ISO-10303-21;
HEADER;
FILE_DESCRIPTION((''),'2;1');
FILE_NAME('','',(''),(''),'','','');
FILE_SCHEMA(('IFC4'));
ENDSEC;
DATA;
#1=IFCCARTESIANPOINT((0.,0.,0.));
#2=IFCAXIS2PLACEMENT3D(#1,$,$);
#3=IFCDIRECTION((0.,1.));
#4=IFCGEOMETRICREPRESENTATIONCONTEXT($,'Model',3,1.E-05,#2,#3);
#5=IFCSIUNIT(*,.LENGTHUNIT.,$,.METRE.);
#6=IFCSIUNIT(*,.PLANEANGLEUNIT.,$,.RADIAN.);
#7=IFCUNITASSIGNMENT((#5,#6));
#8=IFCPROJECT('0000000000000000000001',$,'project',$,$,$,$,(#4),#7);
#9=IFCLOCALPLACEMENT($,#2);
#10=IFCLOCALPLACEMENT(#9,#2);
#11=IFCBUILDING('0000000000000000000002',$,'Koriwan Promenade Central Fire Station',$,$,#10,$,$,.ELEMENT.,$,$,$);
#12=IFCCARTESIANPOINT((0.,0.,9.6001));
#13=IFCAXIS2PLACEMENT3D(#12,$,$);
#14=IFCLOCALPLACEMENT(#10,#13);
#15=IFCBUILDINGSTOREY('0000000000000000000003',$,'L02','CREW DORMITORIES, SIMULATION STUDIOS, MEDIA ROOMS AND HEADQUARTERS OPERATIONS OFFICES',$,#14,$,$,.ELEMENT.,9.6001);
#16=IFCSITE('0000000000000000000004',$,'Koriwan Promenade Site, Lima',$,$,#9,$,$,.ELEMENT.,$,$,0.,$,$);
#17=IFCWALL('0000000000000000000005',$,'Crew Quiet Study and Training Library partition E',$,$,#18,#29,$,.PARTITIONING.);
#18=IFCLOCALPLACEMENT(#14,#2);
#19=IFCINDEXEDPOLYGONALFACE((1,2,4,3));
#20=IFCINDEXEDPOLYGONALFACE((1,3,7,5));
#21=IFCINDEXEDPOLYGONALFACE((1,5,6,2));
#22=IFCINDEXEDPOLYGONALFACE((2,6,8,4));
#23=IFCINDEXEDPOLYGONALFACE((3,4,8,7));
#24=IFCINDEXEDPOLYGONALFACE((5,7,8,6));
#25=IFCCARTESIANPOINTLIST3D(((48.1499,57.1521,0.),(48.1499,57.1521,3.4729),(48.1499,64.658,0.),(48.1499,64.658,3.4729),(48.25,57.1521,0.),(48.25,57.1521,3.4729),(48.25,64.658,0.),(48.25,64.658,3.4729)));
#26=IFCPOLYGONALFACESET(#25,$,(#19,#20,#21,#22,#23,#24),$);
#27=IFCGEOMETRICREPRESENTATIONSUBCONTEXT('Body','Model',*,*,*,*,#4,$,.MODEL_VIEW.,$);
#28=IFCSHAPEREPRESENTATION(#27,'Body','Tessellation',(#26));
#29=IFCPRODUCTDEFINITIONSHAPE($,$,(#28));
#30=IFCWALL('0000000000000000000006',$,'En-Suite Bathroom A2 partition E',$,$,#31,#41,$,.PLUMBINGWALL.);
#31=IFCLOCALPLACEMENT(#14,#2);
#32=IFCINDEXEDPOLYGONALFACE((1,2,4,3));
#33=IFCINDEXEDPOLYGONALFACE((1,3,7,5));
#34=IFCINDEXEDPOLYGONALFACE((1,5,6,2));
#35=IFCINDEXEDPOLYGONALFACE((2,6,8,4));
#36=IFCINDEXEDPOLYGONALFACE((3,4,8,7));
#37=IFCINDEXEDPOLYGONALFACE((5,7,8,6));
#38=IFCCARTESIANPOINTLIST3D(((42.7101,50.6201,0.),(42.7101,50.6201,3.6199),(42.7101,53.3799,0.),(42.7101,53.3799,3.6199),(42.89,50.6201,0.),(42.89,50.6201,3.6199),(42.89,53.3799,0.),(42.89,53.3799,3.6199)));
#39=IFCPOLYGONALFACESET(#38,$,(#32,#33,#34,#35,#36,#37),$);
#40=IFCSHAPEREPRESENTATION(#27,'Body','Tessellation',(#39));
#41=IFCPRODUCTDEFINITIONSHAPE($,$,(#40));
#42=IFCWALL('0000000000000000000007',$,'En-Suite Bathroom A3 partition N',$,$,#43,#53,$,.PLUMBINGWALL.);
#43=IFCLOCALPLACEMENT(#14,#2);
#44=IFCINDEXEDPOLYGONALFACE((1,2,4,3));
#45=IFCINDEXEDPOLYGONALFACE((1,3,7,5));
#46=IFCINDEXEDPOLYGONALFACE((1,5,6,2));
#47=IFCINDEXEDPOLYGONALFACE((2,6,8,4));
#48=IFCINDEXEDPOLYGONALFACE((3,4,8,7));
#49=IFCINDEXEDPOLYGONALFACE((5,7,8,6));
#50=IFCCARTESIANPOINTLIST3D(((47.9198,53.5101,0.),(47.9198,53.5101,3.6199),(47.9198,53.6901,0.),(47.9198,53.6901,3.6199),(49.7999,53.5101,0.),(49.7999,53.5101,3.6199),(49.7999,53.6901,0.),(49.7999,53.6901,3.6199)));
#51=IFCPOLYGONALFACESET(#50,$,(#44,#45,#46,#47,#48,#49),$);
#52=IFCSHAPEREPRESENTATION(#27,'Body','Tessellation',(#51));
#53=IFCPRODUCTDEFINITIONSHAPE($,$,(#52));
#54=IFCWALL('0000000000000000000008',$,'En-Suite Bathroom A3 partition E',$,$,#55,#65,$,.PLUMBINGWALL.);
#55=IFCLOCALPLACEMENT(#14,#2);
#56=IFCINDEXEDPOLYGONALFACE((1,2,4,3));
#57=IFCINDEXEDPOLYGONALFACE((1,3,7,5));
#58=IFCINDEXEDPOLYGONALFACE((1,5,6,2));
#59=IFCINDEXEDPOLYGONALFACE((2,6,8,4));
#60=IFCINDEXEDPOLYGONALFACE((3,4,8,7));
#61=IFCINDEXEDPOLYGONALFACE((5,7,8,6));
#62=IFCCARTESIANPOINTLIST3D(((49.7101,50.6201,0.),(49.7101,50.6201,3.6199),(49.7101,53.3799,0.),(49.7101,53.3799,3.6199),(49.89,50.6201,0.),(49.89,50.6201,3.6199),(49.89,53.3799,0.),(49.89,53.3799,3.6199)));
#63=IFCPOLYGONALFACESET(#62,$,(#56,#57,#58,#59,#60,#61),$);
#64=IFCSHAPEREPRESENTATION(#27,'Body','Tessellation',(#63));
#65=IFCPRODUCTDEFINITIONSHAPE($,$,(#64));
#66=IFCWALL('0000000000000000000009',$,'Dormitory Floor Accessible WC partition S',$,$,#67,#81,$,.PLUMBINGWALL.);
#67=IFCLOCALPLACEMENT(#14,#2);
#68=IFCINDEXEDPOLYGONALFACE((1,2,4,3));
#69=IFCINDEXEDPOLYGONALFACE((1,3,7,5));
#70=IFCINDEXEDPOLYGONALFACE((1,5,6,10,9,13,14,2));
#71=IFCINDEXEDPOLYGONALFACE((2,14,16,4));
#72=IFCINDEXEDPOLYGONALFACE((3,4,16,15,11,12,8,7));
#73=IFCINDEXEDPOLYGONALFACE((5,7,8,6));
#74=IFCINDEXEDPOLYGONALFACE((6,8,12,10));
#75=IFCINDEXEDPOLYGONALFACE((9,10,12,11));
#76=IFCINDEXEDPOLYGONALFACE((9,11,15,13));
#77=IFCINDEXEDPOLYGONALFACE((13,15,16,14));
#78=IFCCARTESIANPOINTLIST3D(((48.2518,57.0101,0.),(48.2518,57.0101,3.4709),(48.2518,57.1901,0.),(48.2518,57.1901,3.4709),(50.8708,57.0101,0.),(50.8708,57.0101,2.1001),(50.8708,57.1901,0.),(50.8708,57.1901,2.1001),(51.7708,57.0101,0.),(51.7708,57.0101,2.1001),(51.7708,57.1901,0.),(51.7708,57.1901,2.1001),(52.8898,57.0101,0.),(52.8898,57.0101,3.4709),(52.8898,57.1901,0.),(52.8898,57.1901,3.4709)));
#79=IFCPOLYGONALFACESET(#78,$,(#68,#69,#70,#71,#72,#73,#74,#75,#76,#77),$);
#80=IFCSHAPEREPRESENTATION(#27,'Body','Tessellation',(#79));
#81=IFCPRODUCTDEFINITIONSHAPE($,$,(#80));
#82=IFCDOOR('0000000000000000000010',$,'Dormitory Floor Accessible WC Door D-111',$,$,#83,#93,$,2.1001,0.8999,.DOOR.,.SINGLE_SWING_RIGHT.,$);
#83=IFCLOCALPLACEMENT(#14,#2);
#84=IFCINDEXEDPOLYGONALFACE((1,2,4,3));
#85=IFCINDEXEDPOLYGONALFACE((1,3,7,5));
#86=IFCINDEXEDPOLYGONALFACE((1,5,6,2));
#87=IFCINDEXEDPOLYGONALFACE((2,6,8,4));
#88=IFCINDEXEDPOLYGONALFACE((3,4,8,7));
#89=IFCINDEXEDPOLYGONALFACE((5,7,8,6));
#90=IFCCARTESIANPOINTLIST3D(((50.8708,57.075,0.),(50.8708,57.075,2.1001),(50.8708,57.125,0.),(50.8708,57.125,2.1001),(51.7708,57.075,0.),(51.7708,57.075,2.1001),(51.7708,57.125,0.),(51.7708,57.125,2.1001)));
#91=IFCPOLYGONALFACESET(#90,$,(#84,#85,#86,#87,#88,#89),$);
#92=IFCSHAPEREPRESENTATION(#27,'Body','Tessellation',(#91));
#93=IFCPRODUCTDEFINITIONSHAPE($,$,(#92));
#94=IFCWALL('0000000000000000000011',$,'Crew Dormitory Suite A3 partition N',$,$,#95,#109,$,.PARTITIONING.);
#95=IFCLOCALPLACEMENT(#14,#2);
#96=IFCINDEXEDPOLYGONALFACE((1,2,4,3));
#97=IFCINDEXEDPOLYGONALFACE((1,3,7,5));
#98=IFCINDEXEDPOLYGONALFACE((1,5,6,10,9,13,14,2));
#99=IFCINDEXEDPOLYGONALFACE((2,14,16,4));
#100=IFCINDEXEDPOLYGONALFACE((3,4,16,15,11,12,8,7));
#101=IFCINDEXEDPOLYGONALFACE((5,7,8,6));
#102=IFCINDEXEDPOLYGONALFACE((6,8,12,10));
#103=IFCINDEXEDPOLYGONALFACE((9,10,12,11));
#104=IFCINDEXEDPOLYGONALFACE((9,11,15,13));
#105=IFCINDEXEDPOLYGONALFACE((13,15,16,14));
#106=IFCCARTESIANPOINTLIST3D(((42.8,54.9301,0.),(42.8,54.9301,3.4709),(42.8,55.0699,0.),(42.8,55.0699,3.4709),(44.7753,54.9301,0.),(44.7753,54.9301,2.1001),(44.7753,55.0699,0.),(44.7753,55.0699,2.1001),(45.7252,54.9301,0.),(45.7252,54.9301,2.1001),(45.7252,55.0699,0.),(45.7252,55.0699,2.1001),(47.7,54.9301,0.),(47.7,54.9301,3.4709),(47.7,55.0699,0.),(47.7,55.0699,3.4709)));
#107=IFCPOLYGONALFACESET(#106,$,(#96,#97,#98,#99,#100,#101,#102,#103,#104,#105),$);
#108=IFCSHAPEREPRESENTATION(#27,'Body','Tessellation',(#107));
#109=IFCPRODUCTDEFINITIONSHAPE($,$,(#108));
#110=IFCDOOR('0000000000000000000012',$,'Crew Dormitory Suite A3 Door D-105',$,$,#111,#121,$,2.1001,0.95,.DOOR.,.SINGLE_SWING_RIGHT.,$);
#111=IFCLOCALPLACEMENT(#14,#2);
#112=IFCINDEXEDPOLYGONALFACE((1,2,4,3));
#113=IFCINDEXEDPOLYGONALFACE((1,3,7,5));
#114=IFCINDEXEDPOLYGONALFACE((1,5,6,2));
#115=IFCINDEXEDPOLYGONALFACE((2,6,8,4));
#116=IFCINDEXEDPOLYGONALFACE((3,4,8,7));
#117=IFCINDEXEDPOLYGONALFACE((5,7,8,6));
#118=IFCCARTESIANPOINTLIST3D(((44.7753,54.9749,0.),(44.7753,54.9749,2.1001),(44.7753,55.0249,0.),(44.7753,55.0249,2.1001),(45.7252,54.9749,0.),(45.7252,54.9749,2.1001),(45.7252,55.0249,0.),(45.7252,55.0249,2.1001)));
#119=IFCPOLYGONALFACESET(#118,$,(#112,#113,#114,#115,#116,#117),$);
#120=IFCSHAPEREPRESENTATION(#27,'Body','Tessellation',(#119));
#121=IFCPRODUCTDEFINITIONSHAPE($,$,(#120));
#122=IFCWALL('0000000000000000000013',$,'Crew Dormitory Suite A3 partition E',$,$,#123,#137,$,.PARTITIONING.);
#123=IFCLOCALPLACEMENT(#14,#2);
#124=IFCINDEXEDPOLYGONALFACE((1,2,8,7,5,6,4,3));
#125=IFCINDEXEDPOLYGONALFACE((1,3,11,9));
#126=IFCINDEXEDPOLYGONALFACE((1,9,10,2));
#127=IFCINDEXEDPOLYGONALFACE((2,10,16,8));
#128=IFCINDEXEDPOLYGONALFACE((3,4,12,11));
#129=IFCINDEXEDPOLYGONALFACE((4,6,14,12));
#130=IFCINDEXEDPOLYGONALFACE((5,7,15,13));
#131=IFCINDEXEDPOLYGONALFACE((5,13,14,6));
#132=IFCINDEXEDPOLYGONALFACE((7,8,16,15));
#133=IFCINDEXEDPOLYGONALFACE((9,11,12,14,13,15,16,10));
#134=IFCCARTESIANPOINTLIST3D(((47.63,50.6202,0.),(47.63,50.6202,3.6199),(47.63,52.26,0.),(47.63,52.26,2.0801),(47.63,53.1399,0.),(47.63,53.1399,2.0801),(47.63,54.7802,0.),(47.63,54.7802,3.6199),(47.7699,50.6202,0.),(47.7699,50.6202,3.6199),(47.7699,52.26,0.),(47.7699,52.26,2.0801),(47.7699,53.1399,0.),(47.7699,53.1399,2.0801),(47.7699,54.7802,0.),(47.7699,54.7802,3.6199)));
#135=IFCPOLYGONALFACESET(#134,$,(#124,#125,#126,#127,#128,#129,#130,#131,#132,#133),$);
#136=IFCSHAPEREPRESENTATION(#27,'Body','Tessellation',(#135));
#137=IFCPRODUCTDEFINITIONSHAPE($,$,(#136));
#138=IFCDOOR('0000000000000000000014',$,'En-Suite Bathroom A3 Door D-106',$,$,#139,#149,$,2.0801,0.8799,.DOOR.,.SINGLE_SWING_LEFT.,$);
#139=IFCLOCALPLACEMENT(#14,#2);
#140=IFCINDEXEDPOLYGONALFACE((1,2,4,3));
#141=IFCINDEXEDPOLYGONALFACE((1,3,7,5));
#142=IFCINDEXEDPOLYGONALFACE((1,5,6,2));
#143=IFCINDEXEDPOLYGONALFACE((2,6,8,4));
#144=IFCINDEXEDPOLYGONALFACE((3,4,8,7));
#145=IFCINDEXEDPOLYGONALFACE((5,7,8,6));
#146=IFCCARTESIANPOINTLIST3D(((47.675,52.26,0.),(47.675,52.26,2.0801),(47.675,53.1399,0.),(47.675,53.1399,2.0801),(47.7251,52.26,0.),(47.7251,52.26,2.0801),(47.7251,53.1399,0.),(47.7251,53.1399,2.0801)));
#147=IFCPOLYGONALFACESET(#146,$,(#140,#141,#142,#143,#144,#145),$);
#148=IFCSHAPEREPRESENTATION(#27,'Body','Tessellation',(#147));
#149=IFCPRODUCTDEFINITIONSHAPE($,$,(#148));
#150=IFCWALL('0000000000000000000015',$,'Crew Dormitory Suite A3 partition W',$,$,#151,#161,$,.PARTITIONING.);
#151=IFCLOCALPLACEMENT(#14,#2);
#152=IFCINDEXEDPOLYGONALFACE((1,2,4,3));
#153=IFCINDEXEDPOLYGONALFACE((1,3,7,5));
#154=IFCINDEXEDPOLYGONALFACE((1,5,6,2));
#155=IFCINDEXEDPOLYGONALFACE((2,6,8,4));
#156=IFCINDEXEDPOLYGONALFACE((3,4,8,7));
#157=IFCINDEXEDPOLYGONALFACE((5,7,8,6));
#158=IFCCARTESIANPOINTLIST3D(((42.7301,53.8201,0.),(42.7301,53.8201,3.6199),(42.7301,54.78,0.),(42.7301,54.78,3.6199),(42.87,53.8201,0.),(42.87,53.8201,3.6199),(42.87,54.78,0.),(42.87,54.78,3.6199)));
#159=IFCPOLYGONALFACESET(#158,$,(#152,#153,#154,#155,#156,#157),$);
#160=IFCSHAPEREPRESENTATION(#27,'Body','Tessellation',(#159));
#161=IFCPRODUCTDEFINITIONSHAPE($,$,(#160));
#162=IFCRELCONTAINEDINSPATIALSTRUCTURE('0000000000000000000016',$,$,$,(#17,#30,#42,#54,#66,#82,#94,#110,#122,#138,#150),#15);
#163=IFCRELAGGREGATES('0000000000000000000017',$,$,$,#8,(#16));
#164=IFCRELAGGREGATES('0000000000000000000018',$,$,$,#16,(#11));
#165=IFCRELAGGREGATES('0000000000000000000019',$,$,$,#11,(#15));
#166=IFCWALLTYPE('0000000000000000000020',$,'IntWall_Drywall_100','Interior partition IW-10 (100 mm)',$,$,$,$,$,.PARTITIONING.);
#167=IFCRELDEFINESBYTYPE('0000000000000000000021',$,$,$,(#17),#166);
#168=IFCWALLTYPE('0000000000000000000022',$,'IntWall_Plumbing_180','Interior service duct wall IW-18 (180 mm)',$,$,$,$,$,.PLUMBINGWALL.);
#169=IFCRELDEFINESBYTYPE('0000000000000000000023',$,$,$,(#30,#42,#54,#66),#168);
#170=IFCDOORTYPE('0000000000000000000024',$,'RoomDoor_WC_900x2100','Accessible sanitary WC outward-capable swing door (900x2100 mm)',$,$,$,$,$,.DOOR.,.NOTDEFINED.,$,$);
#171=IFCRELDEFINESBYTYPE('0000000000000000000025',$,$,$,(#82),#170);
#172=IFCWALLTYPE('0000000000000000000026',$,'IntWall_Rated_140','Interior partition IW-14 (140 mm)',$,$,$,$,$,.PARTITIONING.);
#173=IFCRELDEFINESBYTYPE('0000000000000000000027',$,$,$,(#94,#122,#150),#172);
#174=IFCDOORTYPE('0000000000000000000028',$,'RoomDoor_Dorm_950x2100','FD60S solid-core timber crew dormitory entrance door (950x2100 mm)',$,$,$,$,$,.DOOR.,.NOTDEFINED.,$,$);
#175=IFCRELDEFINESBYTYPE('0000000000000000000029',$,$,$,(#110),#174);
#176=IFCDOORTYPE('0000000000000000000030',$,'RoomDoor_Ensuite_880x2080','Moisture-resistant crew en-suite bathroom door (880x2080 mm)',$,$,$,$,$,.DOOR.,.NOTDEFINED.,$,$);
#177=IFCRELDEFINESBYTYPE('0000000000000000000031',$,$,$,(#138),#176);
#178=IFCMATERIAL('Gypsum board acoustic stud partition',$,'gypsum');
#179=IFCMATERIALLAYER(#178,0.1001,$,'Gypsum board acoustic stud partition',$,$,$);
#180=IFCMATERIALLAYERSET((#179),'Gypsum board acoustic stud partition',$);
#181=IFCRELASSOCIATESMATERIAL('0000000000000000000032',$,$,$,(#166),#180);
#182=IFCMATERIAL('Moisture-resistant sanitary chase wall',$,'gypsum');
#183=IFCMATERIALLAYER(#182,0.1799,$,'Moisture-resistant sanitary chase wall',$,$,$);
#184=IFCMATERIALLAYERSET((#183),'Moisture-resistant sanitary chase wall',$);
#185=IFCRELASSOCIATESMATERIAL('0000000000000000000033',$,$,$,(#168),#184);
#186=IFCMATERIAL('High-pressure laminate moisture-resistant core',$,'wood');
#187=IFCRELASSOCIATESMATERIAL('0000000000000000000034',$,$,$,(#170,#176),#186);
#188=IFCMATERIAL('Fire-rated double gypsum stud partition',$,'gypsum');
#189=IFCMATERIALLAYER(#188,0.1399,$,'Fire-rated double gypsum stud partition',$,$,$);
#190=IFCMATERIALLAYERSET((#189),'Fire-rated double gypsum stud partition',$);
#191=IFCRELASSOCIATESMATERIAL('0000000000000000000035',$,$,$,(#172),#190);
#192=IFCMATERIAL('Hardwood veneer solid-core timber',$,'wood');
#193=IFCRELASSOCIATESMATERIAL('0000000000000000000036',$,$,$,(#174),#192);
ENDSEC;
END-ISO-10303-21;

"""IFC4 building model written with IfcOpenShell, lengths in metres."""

from ifc_helpers import new_model, si_unit, direction, frame, frame_2d, origin, place, context, subcontext, project, spatial, rectangle, extrude, material, layer, layer_set, type_object, element, fill, save


model = new_model("IFC4")

# Units and contexts
model_context = context("Model", 3, precision=1e-05, world=origin(), true_north=direction((0.0, 1.0)))
body_context = subcontext(model_context, "Body", "Model", "MODEL_VIEW")
ifc_project = project(units=[si_unit("LENGTHUNIT", "METRE"), si_unit("PLANEANGLEUNIT", "RADIAN")], contexts=[model_context])

# Site, building, storey
site_placement = place(None, origin())
site = spatial("IfcSite", under=ifc_project, at=site_placement, Name="Koriwan Promenade Site, Lima", CompositionType="ELEMENT", RefElevation=0.0)
building_placement = place(site_placement, origin())
building = spatial("IfcBuilding", under=site, at=building_placement, Name="Koriwan Promenade Central Fire Station", CompositionType="ELEMENT")
storey_placement = place(building_placement, frame((0.0, 0.0, 9.6001)))
storey = spatial("IfcBuildingStorey", under=building, at=storey_placement, Name="L02", Description="CREW DORMITORIES, SIMULATION STUDIOS, MEDIA ROOMS AND HEADQUARTERS OPERATIONS OFFICES", CompositionType="ELEMENT", Elevation=9.6001)

# Walls
ifc_material_1 = material(Name="Gypsum board acoustic stud partition", Category="gypsum")
ifc_layer_1 = layer(ifc_material_1, 0.1001, Name="Gypsum board acoustic stud partition")
ifc_layer_set_1 = layer_set([ifc_layer_1], Name="Gypsum board acoustic stud partition")
wall_type_1 = type_object("IfcWallType", Name="IntWall_Drywall_100", Description="Interior partition IW-10 (100 mm)", PredefinedType="PARTITIONING", material=ifc_layer_set_1)
wall_1_placement = place(storey_placement, frame((48.2, 57.1521, 0.0), z_axis=(0.0, 0.0, 1.0), x_axis=(0.0, 1.0, 0.0)))
element("IfcWall", 1, at=wall_1_placement, inside=storey, type_object=wall_type_1, Name="Crew Quiet Study and Training Library partition E", PredefinedType="PARTITIONING", context=body_context, shape_type="SweptSolid", body=[
    extrude(rectangle(XDim=7.5059, YDim=0.1001, at=frame_2d((3.7529, 0.0))), origin(), (0.0, 0.0, 1.0), 3.4729),
])
ifc_material_2 = material(Name="Moisture-resistant sanitary chase wall", Category="gypsum")
ifc_layer_2 = layer(ifc_material_2, 0.1799, Name="Moisture-resistant sanitary chase wall")
ifc_layer_set_2 = layer_set([ifc_layer_2], Name="Moisture-resistant sanitary chase wall")
wall_type_2 = type_object("IfcWallType", Name="IntWall_Plumbing_180", Description="Interior service duct wall IW-18 (180 mm)", PredefinedType="PLUMBINGWALL", material=ifc_layer_set_2)
wall_2_placement = place(storey_placement, frame((42.8, 50.6201, 0.0), z_axis=(0.0, 0.0, 1.0), x_axis=(0.0, 1.0, 0.0)))
element("IfcWall", 2, at=wall_2_placement, inside=storey, type_object=wall_type_2, Name="En-Suite Bathroom A2 partition E", PredefinedType="PLUMBINGWALL", context=body_context, shape_type="SweptSolid", body=[
    extrude(rectangle(XDim=2.7598, YDim=0.1799, at=frame_2d((1.3799, 0.0))), origin(), (0.0, 0.0, 1.0), 3.6199),
])
wall_3_placement = place(storey_placement, frame((47.9199, 53.6001, 0.0), z_axis=(0.0, 0.0, 1.0), x_axis=(1.0, 0.0, 0.0)))
element("IfcWall", 3, at=wall_3_placement, inside=storey, type_object=wall_type_2, Name="En-Suite Bathroom A3 partition N", PredefinedType="PLUMBINGWALL", context=body_context, shape_type="SweptSolid", body=[
    extrude(rectangle(XDim=1.8801, YDim=0.1799, at=frame_2d((0.9399, 0.0))), origin(), (0.0, 0.0, 1.0), 3.6199),
])
wall_4_placement = place(storey_placement, frame((49.8, 50.6201, 0.0), z_axis=(0.0, 0.0, 1.0), x_axis=(0.0, 1.0, 0.0)))
element("IfcWall", 4, at=wall_4_placement, inside=storey, type_object=wall_type_2, Name="En-Suite Bathroom A3 partition E", PredefinedType="PLUMBINGWALL", context=body_context, shape_type="SweptSolid", body=[
    extrude(rectangle(XDim=2.7598, YDim=0.1799, at=frame_2d((1.3799, 0.0))), origin(), (0.0, 0.0, 1.0), 3.6199),
])

# Walls, openings, doors
wall_5_placement = place(storey_placement, frame((48.252, 57.1001, 0.0), z_axis=(0.0, 0.0, 1.0), x_axis=(1.0, 0.0, 0.0)))
wall_5 = element("IfcWall", 5, at=wall_5_placement, inside=storey, type_object=wall_type_2, Name="Dormitory Floor Accessible WC partition S", PredefinedType="PLUMBINGWALL", context=body_context, shape_type="SweptSolid", body=[
    extrude(rectangle(XDim=4.6379, YDim=0.1799, at=frame_2d((2.3188, 0.0))), origin(), (0.0, 0.0, 1.0), 3.4709),
])
opening_1_placement = place(wall_5_placement, frame((2.6189, 0.0, 0.0)))
opening_1 = element("IfcOpeningElement", 6, at=opening_1_placement, cuts=wall_5, PredefinedType="OPENING", context=body_context, shape_type="SweptSolid", body=[
    extrude(rectangle(XDim=0.8999, YDim=2.1001, at=frame_2d((0.45, 1.05))), frame((0.0, 0.1021, 0.0), z_axis=(0.0, -1.0, 0.0), x_axis=(1.0, 0.0, 0.0)), (0.0, 0.0, 1.0), 0.2039),
])
ifc_material_3 = material(Name="High-pressure laminate moisture-resistant core", Category="wood")
door_type_1 = type_object("IfcDoorType", Name="RoomDoor_WC_900x2100", Description="Accessible sanitary WC outward-capable swing door (900x2100 mm)", OperationType="NOTDEFINED", PredefinedType="DOOR", material=ifc_material_3)
door_1_placement = place(opening_1_placement, origin())
door_1 = element("IfcDoor", 7, at=door_1_placement, inside=storey, type_object=door_type_1, Name="Dormitory Floor Accessible WC Door D-111", OperationType="SINGLE_SWING_RIGHT", OverallHeight=2.1001, OverallWidth=0.8999, PredefinedType="DOOR", context=body_context, shape_type="SweptSolid", body=[
    extrude(rectangle(XDim=0.8999, YDim=2.1001, at=frame_2d((0.45, 1.05))), frame((0.0, 0.0249, 0.0), z_axis=(0.0, -1.0, 0.0), x_axis=(1.0, 0.0, 0.0)), (0.0, 0.0, 1.0), 0.05),
])
fill(opening_1, door_1)
ifc_material_4 = material(Name="Fire-rated double gypsum stud partition", Category="gypsum")
ifc_layer_3 = layer(ifc_material_4, 0.1399, Name="Fire-rated double gypsum stud partition")
ifc_layer_set_3 = layer_set([ifc_layer_3], Name="Fire-rated double gypsum stud partition")
wall_type_3 = type_object("IfcWallType", Name="IntWall_Rated_140", Description="Interior partition IW-14 (140 mm)", PredefinedType="PARTITIONING", material=ifc_layer_set_3)
wall_6_placement = place(storey_placement, frame((42.8, 55.0, 0.0), z_axis=(0.0, 0.0, 1.0), x_axis=(1.0, 0.0, 0.0)))
wall_6 = element("IfcWall", 8, at=wall_6_placement, inside=storey, type_object=wall_type_3, Name="Crew Dormitory Suite A3 partition N", PredefinedType="PARTITIONING", context=body_context, shape_type="SweptSolid", body=[
    extrude(rectangle(XDim=4.8999, YDim=0.1399, at=frame_2d((2.45, 0.0))), origin(), (0.0, 0.0, 1.0), 3.4709),
])
opening_2_placement = place(wall_6_placement, frame((1.9751, 0.0, 0.0)))
opening_2 = element("IfcOpeningElement", 9, at=opening_2_placement, cuts=wall_6, PredefinedType="OPENING", context=body_context, shape_type="SweptSolid", body=[
    extrude(rectangle(XDim=0.95, YDim=2.1001, at=frame_2d((0.4751, 1.05))), frame((0.0, 0.082, 0.0), z_axis=(0.0, -1.0, 0.0), x_axis=(1.0, 0.0, 0.0)), (0.0, 0.0, 1.0), 0.1638),
])
ifc_material_5 = material(Name="Hardwood veneer solid-core timber", Category="wood")
door_type_2 = type_object("IfcDoorType", Name="RoomDoor_Dorm_950x2100", Description="FD60S solid-core timber crew dormitory entrance door (950x2100 mm)", OperationType="NOTDEFINED", PredefinedType="DOOR", material=ifc_material_5)
door_2_placement = place(opening_2_placement, origin())
door_2 = element("IfcDoor", 10, at=door_2_placement, inside=storey, type_object=door_type_2, Name="Crew Dormitory Suite A3 Door D-105", OperationType="SINGLE_SWING_RIGHT", OverallHeight=2.1001, OverallWidth=0.95, PredefinedType="DOOR", context=body_context, shape_type="SweptSolid", body=[
    extrude(rectangle(XDim=0.95, YDim=2.1001, at=frame_2d((0.4751, 1.05))), frame((0.0, 0.0249, 0.0), z_axis=(0.0, -1.0, 0.0), x_axis=(1.0, 0.0, 0.0)), (0.0, 0.0, 1.0), 0.05),
])
fill(opening_2, door_2)
wall_7_placement = place(storey_placement, frame((47.7, 50.6201, 0.0), z_axis=(0.0, 0.0, 1.0), x_axis=(0.0, 1.0, 0.0)))
wall_7 = element("IfcWall", 11, at=wall_7_placement, inside=storey, type_object=wall_type_3, Name="Crew Dormitory Suite A3 partition E", PredefinedType="PARTITIONING", context=body_context, shape_type="SweptSolid", body=[
    extrude(rectangle(XDim=4.1599, YDim=0.1399, at=frame_2d((2.0801, 0.0))), origin(), (0.0, 0.0, 1.0), 3.6199),
])
opening_3_placement = place(wall_7_placement, frame((1.6399, 0.0, 0.0)))
opening_3 = element("IfcOpeningElement", 12, at=opening_3_placement, cuts=wall_7, PredefinedType="OPENING", context=body_context, shape_type="SweptSolid", body=[
    extrude(rectangle(XDim=0.8799, YDim=2.0801, at=frame_2d((0.4399, 1.04))), frame((0.0, 0.082, 0.0), z_axis=(0.0, -1.0, 0.0), x_axis=(1.0, 0.0, 0.0)), (0.0, 0.0, 1.0), 0.1638),
])
door_type_3 = type_object("IfcDoorType", Name="RoomDoor_Ensuite_880x2080", Description="Moisture-resistant crew en-suite bathroom door (880x2080 mm)", OperationType="NOTDEFINED", PredefinedType="DOOR", material=ifc_material_3)
door_3_placement = place(opening_3_placement, origin())
door_3 = element("IfcDoor", 13, at=door_3_placement, inside=storey, type_object=door_type_3, Name="En-Suite Bathroom A3 Door D-106", OperationType="SINGLE_SWING_LEFT", OverallHeight=2.0801, OverallWidth=0.8799, PredefinedType="DOOR", context=body_context, shape_type="SweptSolid", body=[
    extrude(rectangle(XDim=0.8799, YDim=2.0801, at=frame_2d((0.4399, 1.04))), frame((0.0, 0.0249, 0.0), z_axis=(0.0, -1.0, 0.0), x_axis=(1.0, 0.0, 0.0)), (0.0, 0.0, 1.0), 0.05),
])
fill(opening_3, door_3)

# Wall
wall_8_placement = place(storey_placement, frame((42.8, 53.8201, 0.0), z_axis=(0.0, 0.0, 1.0), x_axis=(0.0, 1.0, 0.0)))
element("IfcWall", 14, at=wall_8_placement, inside=storey, type_object=wall_type_3, Name="Crew Dormitory Suite A3 partition W", PredefinedType="PARTITIONING", context=body_context, shape_type="SweptSolid", body=[
    extrude(rectangle(XDim=0.96, YDim=0.1399, at=frame_2d((0.48, 0.0))), origin(), (0.0, 0.0, 1.0), 3.6199),
])

save(model, "model.ifc")
